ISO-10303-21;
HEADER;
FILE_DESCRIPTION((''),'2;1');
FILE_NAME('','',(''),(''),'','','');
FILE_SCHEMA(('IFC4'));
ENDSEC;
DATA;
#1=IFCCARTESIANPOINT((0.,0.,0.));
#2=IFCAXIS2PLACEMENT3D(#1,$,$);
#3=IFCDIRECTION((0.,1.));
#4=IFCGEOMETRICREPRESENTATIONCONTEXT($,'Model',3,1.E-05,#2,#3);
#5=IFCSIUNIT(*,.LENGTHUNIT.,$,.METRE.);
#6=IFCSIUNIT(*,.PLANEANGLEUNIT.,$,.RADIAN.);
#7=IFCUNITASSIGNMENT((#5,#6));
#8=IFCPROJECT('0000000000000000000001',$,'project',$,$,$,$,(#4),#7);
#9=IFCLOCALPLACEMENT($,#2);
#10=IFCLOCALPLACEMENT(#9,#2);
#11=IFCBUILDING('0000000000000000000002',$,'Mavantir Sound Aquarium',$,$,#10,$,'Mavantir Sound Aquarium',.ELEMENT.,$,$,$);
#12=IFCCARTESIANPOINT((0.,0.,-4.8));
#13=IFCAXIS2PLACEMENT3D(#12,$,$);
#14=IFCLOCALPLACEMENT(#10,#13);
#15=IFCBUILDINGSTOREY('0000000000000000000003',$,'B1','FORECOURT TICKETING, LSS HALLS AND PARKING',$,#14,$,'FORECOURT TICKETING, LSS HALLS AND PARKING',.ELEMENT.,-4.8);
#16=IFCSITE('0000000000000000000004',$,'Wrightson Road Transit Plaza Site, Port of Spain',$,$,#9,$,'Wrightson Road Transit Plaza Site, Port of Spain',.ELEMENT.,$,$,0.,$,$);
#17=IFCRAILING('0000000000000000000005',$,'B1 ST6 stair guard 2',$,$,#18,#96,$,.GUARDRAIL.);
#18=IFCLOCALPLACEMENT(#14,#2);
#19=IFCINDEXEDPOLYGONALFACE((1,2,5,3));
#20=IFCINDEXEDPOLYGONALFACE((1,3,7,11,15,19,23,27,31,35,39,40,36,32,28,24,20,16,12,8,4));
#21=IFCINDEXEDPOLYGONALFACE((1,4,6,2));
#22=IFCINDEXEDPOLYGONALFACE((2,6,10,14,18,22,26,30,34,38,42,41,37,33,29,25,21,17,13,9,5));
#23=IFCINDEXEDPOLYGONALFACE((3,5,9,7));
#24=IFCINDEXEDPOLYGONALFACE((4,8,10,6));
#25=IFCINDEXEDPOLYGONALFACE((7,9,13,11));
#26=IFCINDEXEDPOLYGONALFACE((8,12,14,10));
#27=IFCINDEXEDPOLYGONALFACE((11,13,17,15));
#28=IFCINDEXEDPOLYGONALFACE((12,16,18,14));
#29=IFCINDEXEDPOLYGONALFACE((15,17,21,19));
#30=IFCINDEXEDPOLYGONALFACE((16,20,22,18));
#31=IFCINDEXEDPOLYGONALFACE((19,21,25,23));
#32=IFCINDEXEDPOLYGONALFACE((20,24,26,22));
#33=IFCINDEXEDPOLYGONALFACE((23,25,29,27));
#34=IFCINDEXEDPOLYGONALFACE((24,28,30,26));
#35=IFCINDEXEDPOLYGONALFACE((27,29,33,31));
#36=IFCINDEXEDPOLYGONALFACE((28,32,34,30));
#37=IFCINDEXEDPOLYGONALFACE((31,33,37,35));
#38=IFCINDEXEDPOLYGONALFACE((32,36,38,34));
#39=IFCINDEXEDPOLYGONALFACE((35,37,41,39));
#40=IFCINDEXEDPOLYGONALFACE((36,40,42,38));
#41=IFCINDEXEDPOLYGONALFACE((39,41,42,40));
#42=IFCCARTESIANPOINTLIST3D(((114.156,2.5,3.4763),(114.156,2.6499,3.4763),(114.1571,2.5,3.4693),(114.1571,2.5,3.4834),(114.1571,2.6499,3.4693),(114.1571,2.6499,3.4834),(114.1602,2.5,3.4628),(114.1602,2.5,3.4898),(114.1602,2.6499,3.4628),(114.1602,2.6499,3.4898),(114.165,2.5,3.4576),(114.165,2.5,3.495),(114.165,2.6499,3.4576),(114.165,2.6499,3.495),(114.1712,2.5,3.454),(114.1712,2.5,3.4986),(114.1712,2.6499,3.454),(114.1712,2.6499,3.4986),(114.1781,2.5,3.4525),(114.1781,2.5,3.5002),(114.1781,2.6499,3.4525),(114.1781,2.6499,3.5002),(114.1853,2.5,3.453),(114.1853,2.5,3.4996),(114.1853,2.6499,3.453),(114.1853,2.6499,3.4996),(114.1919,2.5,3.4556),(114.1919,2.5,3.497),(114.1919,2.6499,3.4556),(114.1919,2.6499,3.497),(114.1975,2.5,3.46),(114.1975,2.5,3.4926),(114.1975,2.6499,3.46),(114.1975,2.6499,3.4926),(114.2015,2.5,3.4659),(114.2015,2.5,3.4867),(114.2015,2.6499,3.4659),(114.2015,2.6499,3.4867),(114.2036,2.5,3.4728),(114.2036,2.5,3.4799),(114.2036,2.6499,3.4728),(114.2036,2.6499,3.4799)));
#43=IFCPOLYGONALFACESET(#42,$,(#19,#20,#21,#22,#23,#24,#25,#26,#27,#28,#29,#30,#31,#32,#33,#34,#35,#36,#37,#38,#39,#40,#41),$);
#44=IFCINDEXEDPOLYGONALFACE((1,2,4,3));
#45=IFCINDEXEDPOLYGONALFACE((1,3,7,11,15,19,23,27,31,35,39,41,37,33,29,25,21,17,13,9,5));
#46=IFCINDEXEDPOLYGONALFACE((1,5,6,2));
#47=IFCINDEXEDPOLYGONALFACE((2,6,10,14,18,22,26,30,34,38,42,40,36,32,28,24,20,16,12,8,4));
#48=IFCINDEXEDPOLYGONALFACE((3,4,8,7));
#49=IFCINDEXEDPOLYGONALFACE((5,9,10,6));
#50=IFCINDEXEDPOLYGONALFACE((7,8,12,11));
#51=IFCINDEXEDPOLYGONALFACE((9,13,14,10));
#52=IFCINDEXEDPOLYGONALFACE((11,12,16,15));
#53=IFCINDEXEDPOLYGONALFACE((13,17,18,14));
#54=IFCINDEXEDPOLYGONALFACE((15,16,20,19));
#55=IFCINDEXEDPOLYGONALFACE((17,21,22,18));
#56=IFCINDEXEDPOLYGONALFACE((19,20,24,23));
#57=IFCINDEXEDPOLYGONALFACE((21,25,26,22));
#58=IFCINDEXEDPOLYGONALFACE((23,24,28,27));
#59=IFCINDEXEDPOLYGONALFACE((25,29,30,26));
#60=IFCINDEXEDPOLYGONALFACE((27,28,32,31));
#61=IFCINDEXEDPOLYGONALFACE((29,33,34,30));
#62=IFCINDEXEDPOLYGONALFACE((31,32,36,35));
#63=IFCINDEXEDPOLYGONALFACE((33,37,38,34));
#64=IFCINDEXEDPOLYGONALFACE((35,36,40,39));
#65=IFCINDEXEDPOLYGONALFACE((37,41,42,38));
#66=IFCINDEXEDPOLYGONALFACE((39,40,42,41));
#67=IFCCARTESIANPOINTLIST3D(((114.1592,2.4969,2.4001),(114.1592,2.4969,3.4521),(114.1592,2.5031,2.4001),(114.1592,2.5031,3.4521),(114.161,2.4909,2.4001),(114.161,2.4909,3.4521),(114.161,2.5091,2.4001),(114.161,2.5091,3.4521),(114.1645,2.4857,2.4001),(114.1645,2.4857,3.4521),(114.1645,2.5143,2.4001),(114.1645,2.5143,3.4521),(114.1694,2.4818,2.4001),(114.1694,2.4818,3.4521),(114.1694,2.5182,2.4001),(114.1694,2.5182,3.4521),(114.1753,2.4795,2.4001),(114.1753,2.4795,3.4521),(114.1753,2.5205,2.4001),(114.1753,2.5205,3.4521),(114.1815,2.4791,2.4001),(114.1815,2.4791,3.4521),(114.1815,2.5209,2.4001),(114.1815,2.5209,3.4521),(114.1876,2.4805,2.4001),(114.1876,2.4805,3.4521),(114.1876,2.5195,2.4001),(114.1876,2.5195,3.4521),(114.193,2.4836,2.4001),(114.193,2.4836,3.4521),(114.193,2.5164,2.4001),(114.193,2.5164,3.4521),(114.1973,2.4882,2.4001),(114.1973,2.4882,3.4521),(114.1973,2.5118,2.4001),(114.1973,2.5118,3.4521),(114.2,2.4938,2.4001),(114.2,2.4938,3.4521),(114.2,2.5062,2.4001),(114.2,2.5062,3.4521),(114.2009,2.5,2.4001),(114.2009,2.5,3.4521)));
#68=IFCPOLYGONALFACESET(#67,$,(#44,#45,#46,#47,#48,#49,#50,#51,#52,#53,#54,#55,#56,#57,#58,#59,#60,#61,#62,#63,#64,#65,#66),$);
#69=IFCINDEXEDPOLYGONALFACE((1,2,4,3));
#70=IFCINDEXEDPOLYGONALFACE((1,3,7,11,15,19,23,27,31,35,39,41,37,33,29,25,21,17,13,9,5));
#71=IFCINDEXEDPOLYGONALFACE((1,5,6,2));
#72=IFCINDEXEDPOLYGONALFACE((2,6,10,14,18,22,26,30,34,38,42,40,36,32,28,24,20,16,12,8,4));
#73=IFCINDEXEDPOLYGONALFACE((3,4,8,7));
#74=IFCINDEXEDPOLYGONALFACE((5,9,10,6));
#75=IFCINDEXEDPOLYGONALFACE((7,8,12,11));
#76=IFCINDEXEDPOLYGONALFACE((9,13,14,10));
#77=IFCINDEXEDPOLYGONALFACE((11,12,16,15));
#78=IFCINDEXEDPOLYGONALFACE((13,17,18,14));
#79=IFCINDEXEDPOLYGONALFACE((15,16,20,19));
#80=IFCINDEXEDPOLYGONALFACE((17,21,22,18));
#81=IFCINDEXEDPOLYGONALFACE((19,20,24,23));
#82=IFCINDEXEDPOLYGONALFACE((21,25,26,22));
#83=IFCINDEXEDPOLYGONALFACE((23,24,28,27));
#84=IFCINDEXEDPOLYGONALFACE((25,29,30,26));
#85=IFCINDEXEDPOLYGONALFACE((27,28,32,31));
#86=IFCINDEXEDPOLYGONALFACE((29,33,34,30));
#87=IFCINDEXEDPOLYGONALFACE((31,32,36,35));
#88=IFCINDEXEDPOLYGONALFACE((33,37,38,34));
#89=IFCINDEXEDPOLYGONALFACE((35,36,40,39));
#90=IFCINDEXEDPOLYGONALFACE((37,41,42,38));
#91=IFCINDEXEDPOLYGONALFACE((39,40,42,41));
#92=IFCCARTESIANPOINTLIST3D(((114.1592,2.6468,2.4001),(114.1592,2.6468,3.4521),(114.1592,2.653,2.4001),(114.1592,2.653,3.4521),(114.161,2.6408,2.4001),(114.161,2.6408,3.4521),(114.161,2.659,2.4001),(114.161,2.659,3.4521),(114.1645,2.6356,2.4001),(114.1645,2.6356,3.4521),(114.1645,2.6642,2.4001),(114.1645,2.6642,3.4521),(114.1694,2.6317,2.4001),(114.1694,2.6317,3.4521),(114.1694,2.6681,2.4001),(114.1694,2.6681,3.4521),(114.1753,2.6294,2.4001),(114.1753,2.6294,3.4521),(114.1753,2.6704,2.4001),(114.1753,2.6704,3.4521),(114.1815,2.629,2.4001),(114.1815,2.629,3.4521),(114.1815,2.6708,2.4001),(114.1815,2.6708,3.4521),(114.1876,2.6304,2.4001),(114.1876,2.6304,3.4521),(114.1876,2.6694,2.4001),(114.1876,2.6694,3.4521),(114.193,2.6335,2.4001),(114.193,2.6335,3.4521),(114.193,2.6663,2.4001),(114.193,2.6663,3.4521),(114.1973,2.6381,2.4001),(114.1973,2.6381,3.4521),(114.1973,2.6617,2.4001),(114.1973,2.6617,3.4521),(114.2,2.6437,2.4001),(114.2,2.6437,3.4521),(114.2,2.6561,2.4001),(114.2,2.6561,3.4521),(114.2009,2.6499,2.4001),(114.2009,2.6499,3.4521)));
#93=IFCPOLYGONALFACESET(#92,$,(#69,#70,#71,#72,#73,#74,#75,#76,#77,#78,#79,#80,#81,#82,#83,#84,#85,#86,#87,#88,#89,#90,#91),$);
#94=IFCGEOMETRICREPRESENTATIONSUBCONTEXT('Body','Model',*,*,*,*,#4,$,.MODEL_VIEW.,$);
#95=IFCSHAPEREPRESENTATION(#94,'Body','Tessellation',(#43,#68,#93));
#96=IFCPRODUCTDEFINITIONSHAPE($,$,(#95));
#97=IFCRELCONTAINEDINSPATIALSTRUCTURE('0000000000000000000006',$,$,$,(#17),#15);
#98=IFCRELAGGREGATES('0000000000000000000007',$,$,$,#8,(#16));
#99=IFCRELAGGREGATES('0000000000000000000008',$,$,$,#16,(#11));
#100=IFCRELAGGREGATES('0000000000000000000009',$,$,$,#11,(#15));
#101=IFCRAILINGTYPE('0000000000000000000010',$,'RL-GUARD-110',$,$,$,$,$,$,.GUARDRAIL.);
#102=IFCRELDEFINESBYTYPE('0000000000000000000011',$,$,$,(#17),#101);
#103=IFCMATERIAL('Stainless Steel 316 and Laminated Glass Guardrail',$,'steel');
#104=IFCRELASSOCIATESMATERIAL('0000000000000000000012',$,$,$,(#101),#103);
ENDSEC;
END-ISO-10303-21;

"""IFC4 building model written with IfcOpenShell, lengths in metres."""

from ifc_helpers import new_model, si_unit, direction, frame, origin, origin_2d, place, context, subcontext, project, spatial, circle, extrude, material, type_object, element, save


model = new_model("IFC4")

# Units and contexts
model_context = context("Model", 3, precision=1e-05, world=origin(), true_north=direction((0.0, 1.0)))
body_context = subcontext(model_context, "Body", "Model", "MODEL_VIEW")
ifc_project = project(units=[si_unit("LENGTHUNIT", "METRE"), si_unit("PLANEANGLEUNIT", "RADIAN")], contexts=[model_context])

# Site, building, storey
site_placement = place(None, origin())
site = spatial("IfcSite", under=ifc_project, at=site_placement, Name="Wrightson Road Transit Plaza Site, Port of Spain", LongName="Wrightson Road Transit Plaza Site, Port of Spain", CompositionType="ELEMENT", RefElevation=0.0)
building_placement = place(site_placement, origin())
building = spatial("IfcBuilding", under=site, at=building_placement, Name="Mavantir Sound Aquarium", LongName="Mavantir Sound Aquarium", CompositionType="ELEMENT")
storey_placement = place(building_placement, frame((0.0, 0.0, -4.8)))
storey = spatial("IfcBuildingStorey", under=building, at=storey_placement, Name="B1", Description="FORECOURT TICKETING, LSS HALLS AND PARKING", LongName="FORECOURT TICKETING, LSS HALLS AND PARKING", CompositionType="ELEMENT", Elevation=-4.8)

# Railing
ifc_material_1 = material(Name="Stainless Steel 316 and Laminated Glass Guardrail", Category="steel")
railing_type_1 = type_object("IfcRailingType", Name="RL-GUARD-110", PredefinedType="GUARDRAIL", material=ifc_material_1)
railing_1_placement = place(storey_placement, frame((114.1799, 2.5, 2.4001)))
element("IfcRailing", 1, at=railing_1_placement, inside=storey, type_object=railing_type_1, Name="B1 ST6 stair guard 2", PredefinedType="GUARDRAIL", context=body_context, shape_type="SweptSolid", body=[
    extrude(circle(Radius=0.0239, at=origin_2d()), frame((0.0, 0.0, 1.0762), z_axis=(0.0, 1.0, 0.0), x_axis=(-1.0, 0.0, 0.0)), (0.0, 0.0, 1.0), 0.1499),
    extrude(circle(Radius=0.021, at=origin_2d()), origin(), (0.0, 0.0, 1.0), 1.052),
    extrude(circle(Radius=0.021, at=origin_2d()), frame((0.0, 0.1499, 0.0)), (0.0, 0.0, 1.0), 1.052),
])

save(model, "model.ifc")
